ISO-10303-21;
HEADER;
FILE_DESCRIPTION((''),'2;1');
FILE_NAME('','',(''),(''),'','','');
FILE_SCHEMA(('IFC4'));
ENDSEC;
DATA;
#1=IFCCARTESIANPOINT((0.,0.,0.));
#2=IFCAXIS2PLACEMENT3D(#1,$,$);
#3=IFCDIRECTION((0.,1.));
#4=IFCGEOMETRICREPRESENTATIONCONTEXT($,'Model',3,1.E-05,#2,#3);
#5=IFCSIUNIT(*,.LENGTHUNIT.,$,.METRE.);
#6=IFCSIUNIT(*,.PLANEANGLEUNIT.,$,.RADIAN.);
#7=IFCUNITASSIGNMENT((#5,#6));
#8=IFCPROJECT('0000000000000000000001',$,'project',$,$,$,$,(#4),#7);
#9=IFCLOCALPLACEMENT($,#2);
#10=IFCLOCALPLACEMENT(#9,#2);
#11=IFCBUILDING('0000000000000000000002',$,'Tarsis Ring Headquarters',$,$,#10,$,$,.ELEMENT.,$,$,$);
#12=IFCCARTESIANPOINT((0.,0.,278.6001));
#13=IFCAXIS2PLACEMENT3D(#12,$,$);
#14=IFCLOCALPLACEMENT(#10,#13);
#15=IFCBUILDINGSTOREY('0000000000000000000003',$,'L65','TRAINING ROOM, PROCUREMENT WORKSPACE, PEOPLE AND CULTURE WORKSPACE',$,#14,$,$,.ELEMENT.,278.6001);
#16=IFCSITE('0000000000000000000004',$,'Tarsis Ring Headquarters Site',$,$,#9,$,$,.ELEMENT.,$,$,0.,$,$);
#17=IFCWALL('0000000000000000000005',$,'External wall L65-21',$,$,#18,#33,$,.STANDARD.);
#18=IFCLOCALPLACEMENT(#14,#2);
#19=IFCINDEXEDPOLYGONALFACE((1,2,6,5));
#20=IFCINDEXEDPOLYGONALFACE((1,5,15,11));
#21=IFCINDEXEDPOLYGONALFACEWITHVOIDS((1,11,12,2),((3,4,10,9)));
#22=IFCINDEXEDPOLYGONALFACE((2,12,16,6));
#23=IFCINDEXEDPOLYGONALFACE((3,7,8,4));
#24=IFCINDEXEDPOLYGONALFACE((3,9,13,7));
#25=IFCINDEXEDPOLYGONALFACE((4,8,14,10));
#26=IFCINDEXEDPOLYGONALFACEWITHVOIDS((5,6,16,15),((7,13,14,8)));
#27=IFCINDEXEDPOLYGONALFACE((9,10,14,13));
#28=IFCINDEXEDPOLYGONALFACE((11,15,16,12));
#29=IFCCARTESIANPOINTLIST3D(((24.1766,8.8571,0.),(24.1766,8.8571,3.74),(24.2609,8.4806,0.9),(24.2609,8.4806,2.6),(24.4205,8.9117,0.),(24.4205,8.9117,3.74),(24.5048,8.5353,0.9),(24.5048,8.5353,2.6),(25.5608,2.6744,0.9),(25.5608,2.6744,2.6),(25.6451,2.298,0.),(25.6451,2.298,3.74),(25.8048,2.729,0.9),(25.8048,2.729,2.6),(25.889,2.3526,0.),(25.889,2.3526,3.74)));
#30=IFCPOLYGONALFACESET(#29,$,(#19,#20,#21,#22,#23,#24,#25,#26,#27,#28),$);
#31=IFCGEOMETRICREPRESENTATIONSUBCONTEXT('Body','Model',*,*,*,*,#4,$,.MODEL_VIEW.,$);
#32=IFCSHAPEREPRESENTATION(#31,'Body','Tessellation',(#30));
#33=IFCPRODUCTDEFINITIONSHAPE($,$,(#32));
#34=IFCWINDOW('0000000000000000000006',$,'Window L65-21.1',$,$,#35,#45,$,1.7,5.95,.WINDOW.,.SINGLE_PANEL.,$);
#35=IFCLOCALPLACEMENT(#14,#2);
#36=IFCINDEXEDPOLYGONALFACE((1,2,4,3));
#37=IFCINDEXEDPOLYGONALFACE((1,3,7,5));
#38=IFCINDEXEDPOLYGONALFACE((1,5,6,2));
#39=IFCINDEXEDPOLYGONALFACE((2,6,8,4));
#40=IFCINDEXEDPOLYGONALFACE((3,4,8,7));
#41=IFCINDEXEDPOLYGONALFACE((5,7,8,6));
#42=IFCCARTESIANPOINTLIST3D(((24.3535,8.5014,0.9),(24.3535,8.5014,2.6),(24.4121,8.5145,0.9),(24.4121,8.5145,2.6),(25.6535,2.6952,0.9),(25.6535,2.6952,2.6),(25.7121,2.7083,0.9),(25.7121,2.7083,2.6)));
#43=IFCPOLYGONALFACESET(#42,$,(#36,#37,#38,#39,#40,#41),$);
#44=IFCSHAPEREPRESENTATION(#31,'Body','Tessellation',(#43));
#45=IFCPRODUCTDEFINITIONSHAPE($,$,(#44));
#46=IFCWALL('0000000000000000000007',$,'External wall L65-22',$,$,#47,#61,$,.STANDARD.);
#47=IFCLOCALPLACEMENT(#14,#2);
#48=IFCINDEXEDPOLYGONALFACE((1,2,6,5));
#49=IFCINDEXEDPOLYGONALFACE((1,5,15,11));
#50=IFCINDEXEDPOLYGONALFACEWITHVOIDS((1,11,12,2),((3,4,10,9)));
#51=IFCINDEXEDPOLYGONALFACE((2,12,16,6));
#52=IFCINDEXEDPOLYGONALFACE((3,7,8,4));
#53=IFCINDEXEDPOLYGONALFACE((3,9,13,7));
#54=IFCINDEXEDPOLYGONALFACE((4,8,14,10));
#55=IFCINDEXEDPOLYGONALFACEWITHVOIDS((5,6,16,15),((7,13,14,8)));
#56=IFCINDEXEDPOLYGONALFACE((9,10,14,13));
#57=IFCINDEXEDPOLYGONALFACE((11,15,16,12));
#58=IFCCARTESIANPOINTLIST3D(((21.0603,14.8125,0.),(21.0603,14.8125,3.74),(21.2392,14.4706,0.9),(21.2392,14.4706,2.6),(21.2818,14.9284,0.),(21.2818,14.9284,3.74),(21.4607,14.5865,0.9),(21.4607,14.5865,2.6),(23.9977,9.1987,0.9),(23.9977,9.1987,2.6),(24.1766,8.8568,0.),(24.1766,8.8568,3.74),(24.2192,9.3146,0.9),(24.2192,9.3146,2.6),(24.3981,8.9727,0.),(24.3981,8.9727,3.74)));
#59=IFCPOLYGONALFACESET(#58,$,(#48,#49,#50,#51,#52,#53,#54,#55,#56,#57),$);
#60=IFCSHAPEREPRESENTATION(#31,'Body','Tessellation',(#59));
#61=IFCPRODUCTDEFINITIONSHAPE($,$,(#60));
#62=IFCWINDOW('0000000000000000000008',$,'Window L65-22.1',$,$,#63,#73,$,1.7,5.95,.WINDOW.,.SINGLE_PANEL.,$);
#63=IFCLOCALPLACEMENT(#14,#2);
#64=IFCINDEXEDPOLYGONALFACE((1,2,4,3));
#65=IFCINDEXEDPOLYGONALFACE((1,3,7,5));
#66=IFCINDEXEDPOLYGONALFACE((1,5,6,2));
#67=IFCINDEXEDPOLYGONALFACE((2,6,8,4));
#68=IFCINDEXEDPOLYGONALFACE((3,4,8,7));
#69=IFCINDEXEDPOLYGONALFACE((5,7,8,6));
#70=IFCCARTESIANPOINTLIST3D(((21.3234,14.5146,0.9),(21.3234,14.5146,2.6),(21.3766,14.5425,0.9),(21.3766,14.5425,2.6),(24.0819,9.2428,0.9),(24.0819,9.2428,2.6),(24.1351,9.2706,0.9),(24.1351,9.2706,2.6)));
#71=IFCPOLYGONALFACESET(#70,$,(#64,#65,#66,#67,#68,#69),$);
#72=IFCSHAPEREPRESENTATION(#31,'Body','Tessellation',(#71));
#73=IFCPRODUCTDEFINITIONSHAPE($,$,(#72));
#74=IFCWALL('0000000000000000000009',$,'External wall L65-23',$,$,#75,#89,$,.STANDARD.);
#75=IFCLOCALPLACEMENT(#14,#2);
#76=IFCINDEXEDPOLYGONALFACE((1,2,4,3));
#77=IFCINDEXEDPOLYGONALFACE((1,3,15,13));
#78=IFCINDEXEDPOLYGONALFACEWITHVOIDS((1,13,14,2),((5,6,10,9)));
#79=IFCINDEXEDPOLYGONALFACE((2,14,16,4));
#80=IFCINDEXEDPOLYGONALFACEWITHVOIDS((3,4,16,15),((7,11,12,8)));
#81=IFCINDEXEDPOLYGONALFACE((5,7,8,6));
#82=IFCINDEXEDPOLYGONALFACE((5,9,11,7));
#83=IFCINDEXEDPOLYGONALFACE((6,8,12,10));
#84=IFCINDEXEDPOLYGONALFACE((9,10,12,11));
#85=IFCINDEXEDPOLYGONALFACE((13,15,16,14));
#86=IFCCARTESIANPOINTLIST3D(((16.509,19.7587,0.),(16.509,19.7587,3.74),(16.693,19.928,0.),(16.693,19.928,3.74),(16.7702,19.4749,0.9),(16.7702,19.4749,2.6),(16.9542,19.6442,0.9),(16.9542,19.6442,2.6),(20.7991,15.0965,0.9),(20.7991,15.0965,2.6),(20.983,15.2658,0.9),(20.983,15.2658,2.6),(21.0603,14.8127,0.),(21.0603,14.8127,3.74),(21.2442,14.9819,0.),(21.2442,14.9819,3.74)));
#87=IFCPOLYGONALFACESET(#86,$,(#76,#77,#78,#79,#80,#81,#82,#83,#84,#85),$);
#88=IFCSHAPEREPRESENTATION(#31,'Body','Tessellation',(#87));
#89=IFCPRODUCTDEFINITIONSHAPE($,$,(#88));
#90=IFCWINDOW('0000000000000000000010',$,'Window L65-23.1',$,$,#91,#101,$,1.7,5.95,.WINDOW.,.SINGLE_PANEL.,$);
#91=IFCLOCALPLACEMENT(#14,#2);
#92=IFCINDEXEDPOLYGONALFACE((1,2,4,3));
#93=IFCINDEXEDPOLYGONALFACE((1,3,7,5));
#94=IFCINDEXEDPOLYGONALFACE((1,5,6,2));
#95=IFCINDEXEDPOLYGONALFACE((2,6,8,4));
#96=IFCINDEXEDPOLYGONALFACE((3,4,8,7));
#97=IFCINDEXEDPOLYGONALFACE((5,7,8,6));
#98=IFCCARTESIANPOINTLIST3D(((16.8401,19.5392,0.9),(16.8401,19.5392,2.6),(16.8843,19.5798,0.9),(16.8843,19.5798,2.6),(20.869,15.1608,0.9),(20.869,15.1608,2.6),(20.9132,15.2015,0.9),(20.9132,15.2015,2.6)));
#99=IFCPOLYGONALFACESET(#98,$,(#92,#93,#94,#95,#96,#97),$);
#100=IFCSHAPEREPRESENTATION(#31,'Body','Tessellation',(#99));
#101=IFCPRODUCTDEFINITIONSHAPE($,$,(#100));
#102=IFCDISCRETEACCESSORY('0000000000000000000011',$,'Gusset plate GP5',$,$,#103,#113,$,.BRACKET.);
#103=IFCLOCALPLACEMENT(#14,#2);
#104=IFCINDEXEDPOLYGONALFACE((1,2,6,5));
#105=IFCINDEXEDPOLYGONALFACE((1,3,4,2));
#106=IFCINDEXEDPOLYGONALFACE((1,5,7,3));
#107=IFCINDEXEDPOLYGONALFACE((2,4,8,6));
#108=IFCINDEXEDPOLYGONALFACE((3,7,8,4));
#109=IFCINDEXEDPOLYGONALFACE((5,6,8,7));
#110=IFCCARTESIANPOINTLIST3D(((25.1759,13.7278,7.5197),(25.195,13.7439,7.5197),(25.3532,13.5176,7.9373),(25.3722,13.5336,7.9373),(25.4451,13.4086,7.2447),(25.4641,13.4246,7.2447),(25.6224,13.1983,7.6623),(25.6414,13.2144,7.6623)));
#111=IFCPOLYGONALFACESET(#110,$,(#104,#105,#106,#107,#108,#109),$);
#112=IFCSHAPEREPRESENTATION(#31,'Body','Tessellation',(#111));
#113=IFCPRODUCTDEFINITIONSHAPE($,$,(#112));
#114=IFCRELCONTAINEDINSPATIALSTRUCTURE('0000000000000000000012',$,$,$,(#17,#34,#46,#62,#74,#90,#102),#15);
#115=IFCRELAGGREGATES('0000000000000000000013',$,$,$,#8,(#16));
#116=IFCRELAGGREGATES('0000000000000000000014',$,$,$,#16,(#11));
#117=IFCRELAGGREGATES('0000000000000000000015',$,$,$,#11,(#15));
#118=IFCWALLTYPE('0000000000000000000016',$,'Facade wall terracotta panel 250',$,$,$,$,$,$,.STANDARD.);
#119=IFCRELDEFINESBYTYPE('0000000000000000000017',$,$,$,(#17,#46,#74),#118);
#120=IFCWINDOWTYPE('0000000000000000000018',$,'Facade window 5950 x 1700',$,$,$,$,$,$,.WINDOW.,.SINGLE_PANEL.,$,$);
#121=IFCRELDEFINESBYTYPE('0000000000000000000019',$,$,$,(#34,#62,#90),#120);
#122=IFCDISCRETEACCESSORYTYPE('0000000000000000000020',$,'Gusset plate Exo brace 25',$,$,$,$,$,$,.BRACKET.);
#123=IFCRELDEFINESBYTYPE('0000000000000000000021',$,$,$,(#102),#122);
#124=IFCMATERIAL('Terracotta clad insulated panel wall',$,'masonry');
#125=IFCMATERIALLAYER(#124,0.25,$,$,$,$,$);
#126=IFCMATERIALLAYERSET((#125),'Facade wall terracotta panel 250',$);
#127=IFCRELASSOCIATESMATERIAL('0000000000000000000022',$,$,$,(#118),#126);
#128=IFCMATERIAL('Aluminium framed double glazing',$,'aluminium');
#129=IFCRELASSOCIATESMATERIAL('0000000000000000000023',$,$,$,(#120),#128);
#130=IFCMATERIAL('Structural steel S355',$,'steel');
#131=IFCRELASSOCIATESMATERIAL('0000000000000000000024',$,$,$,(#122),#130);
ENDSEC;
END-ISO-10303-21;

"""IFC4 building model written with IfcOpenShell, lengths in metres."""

from ifc_helpers import new_model, si_unit, direction, frame, frame_2d, origin, origin_2d, place, context, subcontext, project, spatial, rectangle, extrude, material, layer, layer_set, material_profile, profile_set, type_object, element, fill, save


model = new_model("IFC4")

# Units and contexts
model_context = context("Model", 3, precision=1e-05, world=origin(), true_north=direction((0.0, 1.0)))
body_context = subcontext(model_context, "Body", "Model", "MODEL_VIEW")
ifc_project = project(units=[si_unit("LENGTHUNIT", "METRE"), si_unit("PLANEANGLEUNIT", "RADIAN")], contexts=[model_context])

# Site, building, storey
site_placement = place(None, origin())
site = spatial("IfcSite", under=ifc_project, at=site_placement, Name="Tarsis Ring Headquarters Site", CompositionType="ELEMENT", RefElevation=0.0)
building_placement = place(site_placement, origin())
building = spatial("IfcBuilding", under=site, at=building_placement, Name="Tarsis Ring Headquarters", CompositionType="ELEMENT")
storey_placement = place(building_placement, frame((0.0, 0.0, 278.6001)))
storey = spatial("IfcBuildingStorey", under=building, at=storey_placement, Name="L65", Description="TRAINING ROOM, PROCUREMENT WORKSPACE, PEOPLE AND CULTURE WORKSPACE", CompositionType="ELEMENT", Elevation=278.6001)

# Shared definitions
ifc_material_1 = material(Name="Structural steel S355", Category="steel")

# Walls, openings, windows
ifc_material_2 = material(Name="Terracotta clad insulated panel wall", Category="masonry")
ifc_layer_1 = layer(ifc_material_2, 0.25)
ifc_layer_set_1 = layer_set([ifc_layer_1], Name="Facade wall terracotta panel 250")
wall_type_1 = type_object("IfcWallType", Name="Facade wall terracotta panel 250", PredefinedType="STANDARD", material=ifc_layer_set_1)
ifc_material_3 = material(Name="Aluminium framed double glazing", Category="aluminium")
window_type = type_object("IfcWindowType", Name="Facade window 5950 x 1700", PartitioningType="SINGLE_PANEL", PredefinedType="WINDOW", material=ifc_material_3)
wall_1_placement = place(storey_placement, frame((25.7671, 2.3252, 0.0), z_axis=(0.0, 0.0, 1.0), x_axis=(-0.21848, 0.975841, 0.0)))
wall_1 = element("IfcWall", 1, at=wall_1_placement, inside=storey, type_object=wall_type_1, Name="External wall L65-21", PredefinedType="STANDARD", context=body_context, shape_type="SweptSolid", body=[
    extrude(rectangle(XDim=6.7214, YDim=0.25, at=frame_2d((3.3608, 0.0))), origin(), (0.0, 0.0, 1.0), 3.74),
])
opening_1_placement = place(wall_1_placement, frame((0.3857, 0.0, 0.8999)))
opening_1 = element("IfcOpeningElement", 2, at=opening_1_placement, cuts=wall_1, PredefinedType="OPENING", context=body_context, shape_type="SweptSolid", body=[
    extrude(rectangle(XDim=5.95, YDim=1.7, at=frame_2d((2.9751, 0.8501))), frame((0.0, 0.135, 0.0), z_axis=(0.0, -1.0, 0.0), x_axis=(1.0, 0.0, 0.0)), (0.0, 0.0, 1.0), 0.27),
])
window_1_placement = place(opening_1_placement, origin())
window_1 = element("IfcWindow", 3, at=window_1_placement, inside=storey, type_object=window_type, Name="Window L65-21.1", OverallHeight=1.7, OverallWidth=5.95, PartitioningType="SINGLE_PANEL", PredefinedType="WINDOW", context=body_context, shape_type="SweptSolid", body=[
    extrude(rectangle(XDim=5.95, YDim=1.7, at=frame_2d((2.9751, 0.8501))), frame((0.0, 0.03, 0.0), z_axis=(0.0, -1.0, 0.0), x_axis=(1.0, 0.0, 0.0)), (0.0, 0.0, 1.0), 0.0601),
])
fill(opening_1, window_1)
wall_2_placement = place(storey_placement, frame((24.2874, 8.9148, 0.0), z_axis=(0.0, 0.0, 1.0), x_axis=(-0.463613, 0.886038, 0.0)))
wall_2 = element("IfcWall", 4, at=wall_2_placement, inside=storey, type_object=wall_type_1, Name="External wall L65-22", PredefinedType="STANDARD", context=body_context, shape_type="SweptSolid", body=[
    extrude(rectangle(XDim=6.7217, YDim=0.25, at=frame_2d((3.3608, 0.0))), origin(), (0.0, 0.0, 1.0), 3.74),
])
opening_2_placement = place(wall_2_placement, frame((0.3857, 0.0, 0.8999)))
opening_2 = element("IfcOpeningElement", 5, at=opening_2_placement, cuts=wall_2, PredefinedType="OPENING", context=body_context, shape_type="SweptSolid", body=[
    extrude(rectangle(XDim=5.95, YDim=1.7, at=frame_2d((2.9751, 0.8501))), frame((0.0, 0.135, 0.0), z_axis=(0.0, -1.0, 0.0), x_axis=(1.0, 0.0, 0.0)), (0.0, 0.0, 1.0), 0.27),
])
window_2_placement = place(opening_2_placement, origin())
window_2 = element("IfcWindow", 6, at=window_2_placement, inside=storey, type_object=window_type, Name="Window L65-22.1", OverallHeight=1.7, OverallWidth=5.95, PartitioningType="SINGLE_PANEL", PredefinedType="WINDOW", context=body_context, shape_type="SweptSolid", body=[
    extrude(rectangle(XDim=5.95, YDim=1.7, at=frame_2d((2.9751, 0.8501))), frame((0.0, 0.03, 0.0), z_axis=(0.0, -1.0, 0.0), x_axis=(1.0, 0.0, 0.0)), (0.0, 0.0, 1.0), 0.0601),
])
fill(opening_2, window_2)
wall_3_placement = place(storey_placement, frame((21.1523, 14.8972, 0.0), z_axis=(0.0, 0.0, 1.0), x_axis=(-0.67713, 0.735864, 0.0)))
wall_3 = element("IfcWall", 7, at=wall_3_placement, inside=storey, type_object=wall_type_1, Name="External wall L65-23", PredefinedType="STANDARD", context=body_context, shape_type="SweptSolid", body=[
    extrude(rectangle(XDim=6.7214, YDim=0.25, at=frame_2d((3.3608, 0.0))), origin(), (0.0, 0.0, 1.0), 3.74),
])
opening_3_placement = place(wall_3_placement, frame((0.3857, 0.0, 0.8999)))
opening_3 = element("IfcOpeningElement", 8, at=opening_3_placement, cuts=wall_3, PredefinedType="OPENING", context=body_context, shape_type="SweptSolid", body=[
    extrude(rectangle(XDim=5.95, YDim=1.7, at=frame_2d((2.9751, 0.8501))), frame((0.0, 0.135, 0.0), z_axis=(0.0, -1.0, 0.0), x_axis=(1.0, 0.0, 0.0)), (0.0, 0.0, 1.0), 0.27),
])
window_3_placement = place(opening_3_placement, origin())
window_3 = element("IfcWindow", 9, at=window_3_placement, inside=storey, type_object=window_type, Name="Window L65-23.1", OverallHeight=1.7, OverallWidth=5.95, PartitioningType="SINGLE_PANEL", PredefinedType="WINDOW", context=body_context, shape_type="SweptSolid", body=[
    extrude(rectangle(XDim=5.95, YDim=1.7, at=frame_2d((2.9751, 0.8501))), frame((0.0, 0.03, 0.0), z_axis=(0.0, -1.0, 0.0), x_axis=(1.0, 0.0, 0.0)), (0.0, 0.0, 1.0), 0.0601),
])
fill(opening_3, window_3)

# Discrete accessory
ifc_material_profile_1 = material_profile(ifc_material_1, rectangle(XDim=0.0249, YDim=0.5, at=origin_2d()), Name="PL 25x500")
ifc_profile_set_1 = profile_set([ifc_material_profile_1], Name="Structural steel S355")
discrete_accessory_type = type_object("IfcDiscreteAccessoryType", Name="Gusset plate Exo brace 25", PredefinedType="BRACKET", material=ifc_profile_set_1)
discrete_accessory_placement = place(storey_placement, frame((25.4973, 13.366, 7.7998), z_axis=(-0.354569, 0.420501, -0.835141), x_axis=(-0.764497, -0.644628, 0.0)))
element("IfcDiscreteAccessory", 10, at=discrete_accessory_placement, inside=storey, type_object=discrete_accessory_type, Name="Gusset plate GP5", PredefinedType="BRACKET", context=body_context, shape_type="SweptSolid", body=[
    extrude(rectangle(XDim=0.0249, YDim=0.5, at=origin_2d()), origin(), (0.0, 0.0, 1.0), 0.5),
])

save(model, "model.ifc")
